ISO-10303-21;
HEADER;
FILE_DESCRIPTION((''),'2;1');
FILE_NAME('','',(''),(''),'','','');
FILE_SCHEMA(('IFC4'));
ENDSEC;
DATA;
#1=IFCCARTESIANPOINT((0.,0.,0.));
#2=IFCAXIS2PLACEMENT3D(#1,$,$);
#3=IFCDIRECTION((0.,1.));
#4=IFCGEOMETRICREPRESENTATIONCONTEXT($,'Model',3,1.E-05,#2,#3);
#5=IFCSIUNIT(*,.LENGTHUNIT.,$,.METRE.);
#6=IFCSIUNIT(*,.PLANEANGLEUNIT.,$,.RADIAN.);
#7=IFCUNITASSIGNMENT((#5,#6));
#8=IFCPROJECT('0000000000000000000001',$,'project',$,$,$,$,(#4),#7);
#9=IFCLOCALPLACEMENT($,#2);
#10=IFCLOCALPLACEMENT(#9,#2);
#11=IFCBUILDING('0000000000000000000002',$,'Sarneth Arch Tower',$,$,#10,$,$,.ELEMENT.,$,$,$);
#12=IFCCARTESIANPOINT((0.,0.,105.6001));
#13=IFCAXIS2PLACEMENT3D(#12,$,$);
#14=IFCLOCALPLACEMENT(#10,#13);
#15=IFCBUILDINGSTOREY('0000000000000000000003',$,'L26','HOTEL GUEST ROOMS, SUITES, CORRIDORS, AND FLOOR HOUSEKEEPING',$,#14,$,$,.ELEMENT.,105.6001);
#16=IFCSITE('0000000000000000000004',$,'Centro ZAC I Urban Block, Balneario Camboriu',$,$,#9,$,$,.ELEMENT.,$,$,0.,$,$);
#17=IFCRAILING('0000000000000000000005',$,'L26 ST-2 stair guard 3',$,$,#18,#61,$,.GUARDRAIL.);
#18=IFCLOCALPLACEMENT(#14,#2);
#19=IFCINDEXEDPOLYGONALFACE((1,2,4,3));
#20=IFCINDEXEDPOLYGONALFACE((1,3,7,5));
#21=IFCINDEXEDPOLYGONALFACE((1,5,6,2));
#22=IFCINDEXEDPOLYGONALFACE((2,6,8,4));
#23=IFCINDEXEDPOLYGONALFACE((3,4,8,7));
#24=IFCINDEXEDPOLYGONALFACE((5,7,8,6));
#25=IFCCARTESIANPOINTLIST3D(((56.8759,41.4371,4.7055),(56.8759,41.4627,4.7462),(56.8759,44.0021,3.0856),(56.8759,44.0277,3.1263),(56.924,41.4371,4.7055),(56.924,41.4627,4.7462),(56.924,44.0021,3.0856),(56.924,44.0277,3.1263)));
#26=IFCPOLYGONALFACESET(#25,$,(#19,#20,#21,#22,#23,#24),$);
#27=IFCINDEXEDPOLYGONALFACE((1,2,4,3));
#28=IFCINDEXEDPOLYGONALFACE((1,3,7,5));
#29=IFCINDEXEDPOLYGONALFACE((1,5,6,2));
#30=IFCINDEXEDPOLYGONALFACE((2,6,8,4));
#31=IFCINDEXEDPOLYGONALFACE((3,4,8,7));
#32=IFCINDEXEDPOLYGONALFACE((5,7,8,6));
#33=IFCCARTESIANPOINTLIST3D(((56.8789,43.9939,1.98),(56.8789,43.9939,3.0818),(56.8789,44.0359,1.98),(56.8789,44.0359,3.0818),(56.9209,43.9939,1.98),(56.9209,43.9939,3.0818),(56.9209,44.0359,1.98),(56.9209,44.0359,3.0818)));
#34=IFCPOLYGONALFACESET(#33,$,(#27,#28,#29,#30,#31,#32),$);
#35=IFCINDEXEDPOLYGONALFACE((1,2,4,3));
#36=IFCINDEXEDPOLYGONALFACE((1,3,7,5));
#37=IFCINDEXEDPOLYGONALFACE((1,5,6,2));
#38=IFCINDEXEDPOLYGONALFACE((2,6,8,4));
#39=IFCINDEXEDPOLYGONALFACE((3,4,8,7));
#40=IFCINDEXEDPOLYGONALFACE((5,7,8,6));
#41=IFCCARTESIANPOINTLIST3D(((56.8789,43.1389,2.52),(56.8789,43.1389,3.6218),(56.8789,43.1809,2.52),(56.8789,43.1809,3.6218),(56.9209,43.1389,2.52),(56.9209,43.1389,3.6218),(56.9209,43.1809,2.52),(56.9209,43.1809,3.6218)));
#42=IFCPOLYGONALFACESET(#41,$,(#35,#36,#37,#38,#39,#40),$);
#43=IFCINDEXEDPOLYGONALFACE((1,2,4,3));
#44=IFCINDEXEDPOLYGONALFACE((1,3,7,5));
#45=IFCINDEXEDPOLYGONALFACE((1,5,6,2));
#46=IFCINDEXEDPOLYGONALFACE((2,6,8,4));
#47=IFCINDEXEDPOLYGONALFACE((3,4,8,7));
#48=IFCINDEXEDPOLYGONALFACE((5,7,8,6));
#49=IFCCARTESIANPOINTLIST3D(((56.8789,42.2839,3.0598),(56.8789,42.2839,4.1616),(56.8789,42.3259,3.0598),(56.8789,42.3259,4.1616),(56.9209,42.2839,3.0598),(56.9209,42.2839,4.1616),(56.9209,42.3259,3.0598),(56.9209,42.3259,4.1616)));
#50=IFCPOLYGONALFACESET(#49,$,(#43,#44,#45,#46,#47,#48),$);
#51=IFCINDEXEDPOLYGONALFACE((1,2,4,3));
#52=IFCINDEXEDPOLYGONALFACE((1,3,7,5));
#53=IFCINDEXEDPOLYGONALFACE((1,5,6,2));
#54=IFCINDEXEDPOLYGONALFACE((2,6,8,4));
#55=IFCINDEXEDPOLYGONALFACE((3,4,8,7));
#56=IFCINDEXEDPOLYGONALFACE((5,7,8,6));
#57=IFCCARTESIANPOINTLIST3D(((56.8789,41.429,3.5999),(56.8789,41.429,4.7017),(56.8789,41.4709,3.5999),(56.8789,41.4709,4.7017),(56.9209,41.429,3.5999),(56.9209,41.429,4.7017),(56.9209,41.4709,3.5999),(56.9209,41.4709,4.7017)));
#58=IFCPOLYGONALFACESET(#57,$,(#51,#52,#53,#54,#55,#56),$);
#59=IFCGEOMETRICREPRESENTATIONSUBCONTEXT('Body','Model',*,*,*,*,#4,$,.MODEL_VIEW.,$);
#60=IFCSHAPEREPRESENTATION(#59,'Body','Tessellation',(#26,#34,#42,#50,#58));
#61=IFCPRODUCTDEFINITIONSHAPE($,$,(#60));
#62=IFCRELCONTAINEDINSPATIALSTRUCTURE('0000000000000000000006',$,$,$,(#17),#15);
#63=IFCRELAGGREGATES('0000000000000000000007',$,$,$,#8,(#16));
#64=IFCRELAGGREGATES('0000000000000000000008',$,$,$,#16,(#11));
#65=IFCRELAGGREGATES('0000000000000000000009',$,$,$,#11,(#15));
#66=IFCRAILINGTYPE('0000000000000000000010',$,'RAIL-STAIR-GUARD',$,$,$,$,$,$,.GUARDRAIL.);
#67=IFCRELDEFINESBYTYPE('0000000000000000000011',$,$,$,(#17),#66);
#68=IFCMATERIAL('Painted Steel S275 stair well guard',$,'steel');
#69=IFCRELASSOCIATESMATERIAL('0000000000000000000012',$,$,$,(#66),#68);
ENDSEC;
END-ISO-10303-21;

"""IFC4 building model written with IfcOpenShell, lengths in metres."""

from ifc_helpers import new_model, si_unit, direction, frame, origin, origin_2d, place, context, subcontext, project, spatial, rectangle, extrude, material, type_object, element, save


model = new_model("IFC4")

# Units and contexts
model_context = context("Model", 3, precision=1e-05, world=origin(), true_north=direction((0.0, 1.0)))
body_context = subcontext(model_context, "Body", "Model", "MODEL_VIEW")
ifc_project = project(units=[si_unit("LENGTHUNIT", "METRE"), si_unit("PLANEANGLEUNIT", "RADIAN")], contexts=[model_context])

# Site, building, storey
site_placement = place(None, origin())
site = spatial("IfcSite", under=ifc_project, at=site_placement, Name="Centro ZAC I Urban Block, Balneario Camboriu", CompositionType="ELEMENT", RefElevation=0.0)
building_placement = place(site_placement, origin())
building = spatial("IfcBuilding", under=site, at=building_placement, Name="Sarneth Arch Tower", CompositionType="ELEMENT")
storey_placement = place(building_placement, frame((0.0, 0.0, 105.6001)))
storey = spatial("IfcBuildingStorey", under=building, at=storey_placement, Name="L26", Description="HOTEL GUEST ROOMS, SUITES, CORRIDORS, AND FLOOR HOUSEKEEPING", CompositionType="ELEMENT", Elevation=105.6001)

# Railing
ifc_material_1 = material(Name="Painted Steel S275 stair well guard", Category="steel")
railing_type_1 = type_object("IfcRailingType", Name="RAIL-STAIR-GUARD", PredefinedType="GUARDRAIL", material=ifc_material_1)
railing_1_placement = place(storey_placement, frame((56.8999, 44.0149, 1.98)))
element("IfcRailing", 1, at=railing_1_placement, inside=storey, type_object=railing_type_1, Name="L26 ST-2 stair guard 3", PredefinedType="GUARDRAIL", context=body_context, shape_type="SweptSolid", body=[
    extrude(rectangle(XDim=0.0481, YDim=0.0481, at=origin_2d()), frame((0.0, 0.0, 1.126), z_axis=(0.0, -0.845502, 0.533972), x_axis=(1.0, 0.0, 0.0)), (0.0, 0.0, 1.0), 3.0337),
    extrude(rectangle(XDim=0.042, YDim=0.042, at=origin_2d()), origin(), (0.0, 0.0, 1.0), 1.1018),
    extrude(rectangle(XDim=0.042, YDim=0.042, at=origin_2d()), frame((0.0, -0.855, 0.54)), (0.0, 0.0, 1.0), 1.1018),
    extrude(rectangle(XDim=0.042, YDim=0.042, at=origin_2d()), frame((0.0, -1.71, 1.0798)), (0.0, 0.0, 1.0), 1.1018),
    extrude(rectangle(XDim=0.042, YDim=0.042, at=origin_2d()), frame((0.0, -2.5649, 1.6199)), (0.0, 0.0, 1.0), 1.1018),
])

save(model, "model.ifc")
